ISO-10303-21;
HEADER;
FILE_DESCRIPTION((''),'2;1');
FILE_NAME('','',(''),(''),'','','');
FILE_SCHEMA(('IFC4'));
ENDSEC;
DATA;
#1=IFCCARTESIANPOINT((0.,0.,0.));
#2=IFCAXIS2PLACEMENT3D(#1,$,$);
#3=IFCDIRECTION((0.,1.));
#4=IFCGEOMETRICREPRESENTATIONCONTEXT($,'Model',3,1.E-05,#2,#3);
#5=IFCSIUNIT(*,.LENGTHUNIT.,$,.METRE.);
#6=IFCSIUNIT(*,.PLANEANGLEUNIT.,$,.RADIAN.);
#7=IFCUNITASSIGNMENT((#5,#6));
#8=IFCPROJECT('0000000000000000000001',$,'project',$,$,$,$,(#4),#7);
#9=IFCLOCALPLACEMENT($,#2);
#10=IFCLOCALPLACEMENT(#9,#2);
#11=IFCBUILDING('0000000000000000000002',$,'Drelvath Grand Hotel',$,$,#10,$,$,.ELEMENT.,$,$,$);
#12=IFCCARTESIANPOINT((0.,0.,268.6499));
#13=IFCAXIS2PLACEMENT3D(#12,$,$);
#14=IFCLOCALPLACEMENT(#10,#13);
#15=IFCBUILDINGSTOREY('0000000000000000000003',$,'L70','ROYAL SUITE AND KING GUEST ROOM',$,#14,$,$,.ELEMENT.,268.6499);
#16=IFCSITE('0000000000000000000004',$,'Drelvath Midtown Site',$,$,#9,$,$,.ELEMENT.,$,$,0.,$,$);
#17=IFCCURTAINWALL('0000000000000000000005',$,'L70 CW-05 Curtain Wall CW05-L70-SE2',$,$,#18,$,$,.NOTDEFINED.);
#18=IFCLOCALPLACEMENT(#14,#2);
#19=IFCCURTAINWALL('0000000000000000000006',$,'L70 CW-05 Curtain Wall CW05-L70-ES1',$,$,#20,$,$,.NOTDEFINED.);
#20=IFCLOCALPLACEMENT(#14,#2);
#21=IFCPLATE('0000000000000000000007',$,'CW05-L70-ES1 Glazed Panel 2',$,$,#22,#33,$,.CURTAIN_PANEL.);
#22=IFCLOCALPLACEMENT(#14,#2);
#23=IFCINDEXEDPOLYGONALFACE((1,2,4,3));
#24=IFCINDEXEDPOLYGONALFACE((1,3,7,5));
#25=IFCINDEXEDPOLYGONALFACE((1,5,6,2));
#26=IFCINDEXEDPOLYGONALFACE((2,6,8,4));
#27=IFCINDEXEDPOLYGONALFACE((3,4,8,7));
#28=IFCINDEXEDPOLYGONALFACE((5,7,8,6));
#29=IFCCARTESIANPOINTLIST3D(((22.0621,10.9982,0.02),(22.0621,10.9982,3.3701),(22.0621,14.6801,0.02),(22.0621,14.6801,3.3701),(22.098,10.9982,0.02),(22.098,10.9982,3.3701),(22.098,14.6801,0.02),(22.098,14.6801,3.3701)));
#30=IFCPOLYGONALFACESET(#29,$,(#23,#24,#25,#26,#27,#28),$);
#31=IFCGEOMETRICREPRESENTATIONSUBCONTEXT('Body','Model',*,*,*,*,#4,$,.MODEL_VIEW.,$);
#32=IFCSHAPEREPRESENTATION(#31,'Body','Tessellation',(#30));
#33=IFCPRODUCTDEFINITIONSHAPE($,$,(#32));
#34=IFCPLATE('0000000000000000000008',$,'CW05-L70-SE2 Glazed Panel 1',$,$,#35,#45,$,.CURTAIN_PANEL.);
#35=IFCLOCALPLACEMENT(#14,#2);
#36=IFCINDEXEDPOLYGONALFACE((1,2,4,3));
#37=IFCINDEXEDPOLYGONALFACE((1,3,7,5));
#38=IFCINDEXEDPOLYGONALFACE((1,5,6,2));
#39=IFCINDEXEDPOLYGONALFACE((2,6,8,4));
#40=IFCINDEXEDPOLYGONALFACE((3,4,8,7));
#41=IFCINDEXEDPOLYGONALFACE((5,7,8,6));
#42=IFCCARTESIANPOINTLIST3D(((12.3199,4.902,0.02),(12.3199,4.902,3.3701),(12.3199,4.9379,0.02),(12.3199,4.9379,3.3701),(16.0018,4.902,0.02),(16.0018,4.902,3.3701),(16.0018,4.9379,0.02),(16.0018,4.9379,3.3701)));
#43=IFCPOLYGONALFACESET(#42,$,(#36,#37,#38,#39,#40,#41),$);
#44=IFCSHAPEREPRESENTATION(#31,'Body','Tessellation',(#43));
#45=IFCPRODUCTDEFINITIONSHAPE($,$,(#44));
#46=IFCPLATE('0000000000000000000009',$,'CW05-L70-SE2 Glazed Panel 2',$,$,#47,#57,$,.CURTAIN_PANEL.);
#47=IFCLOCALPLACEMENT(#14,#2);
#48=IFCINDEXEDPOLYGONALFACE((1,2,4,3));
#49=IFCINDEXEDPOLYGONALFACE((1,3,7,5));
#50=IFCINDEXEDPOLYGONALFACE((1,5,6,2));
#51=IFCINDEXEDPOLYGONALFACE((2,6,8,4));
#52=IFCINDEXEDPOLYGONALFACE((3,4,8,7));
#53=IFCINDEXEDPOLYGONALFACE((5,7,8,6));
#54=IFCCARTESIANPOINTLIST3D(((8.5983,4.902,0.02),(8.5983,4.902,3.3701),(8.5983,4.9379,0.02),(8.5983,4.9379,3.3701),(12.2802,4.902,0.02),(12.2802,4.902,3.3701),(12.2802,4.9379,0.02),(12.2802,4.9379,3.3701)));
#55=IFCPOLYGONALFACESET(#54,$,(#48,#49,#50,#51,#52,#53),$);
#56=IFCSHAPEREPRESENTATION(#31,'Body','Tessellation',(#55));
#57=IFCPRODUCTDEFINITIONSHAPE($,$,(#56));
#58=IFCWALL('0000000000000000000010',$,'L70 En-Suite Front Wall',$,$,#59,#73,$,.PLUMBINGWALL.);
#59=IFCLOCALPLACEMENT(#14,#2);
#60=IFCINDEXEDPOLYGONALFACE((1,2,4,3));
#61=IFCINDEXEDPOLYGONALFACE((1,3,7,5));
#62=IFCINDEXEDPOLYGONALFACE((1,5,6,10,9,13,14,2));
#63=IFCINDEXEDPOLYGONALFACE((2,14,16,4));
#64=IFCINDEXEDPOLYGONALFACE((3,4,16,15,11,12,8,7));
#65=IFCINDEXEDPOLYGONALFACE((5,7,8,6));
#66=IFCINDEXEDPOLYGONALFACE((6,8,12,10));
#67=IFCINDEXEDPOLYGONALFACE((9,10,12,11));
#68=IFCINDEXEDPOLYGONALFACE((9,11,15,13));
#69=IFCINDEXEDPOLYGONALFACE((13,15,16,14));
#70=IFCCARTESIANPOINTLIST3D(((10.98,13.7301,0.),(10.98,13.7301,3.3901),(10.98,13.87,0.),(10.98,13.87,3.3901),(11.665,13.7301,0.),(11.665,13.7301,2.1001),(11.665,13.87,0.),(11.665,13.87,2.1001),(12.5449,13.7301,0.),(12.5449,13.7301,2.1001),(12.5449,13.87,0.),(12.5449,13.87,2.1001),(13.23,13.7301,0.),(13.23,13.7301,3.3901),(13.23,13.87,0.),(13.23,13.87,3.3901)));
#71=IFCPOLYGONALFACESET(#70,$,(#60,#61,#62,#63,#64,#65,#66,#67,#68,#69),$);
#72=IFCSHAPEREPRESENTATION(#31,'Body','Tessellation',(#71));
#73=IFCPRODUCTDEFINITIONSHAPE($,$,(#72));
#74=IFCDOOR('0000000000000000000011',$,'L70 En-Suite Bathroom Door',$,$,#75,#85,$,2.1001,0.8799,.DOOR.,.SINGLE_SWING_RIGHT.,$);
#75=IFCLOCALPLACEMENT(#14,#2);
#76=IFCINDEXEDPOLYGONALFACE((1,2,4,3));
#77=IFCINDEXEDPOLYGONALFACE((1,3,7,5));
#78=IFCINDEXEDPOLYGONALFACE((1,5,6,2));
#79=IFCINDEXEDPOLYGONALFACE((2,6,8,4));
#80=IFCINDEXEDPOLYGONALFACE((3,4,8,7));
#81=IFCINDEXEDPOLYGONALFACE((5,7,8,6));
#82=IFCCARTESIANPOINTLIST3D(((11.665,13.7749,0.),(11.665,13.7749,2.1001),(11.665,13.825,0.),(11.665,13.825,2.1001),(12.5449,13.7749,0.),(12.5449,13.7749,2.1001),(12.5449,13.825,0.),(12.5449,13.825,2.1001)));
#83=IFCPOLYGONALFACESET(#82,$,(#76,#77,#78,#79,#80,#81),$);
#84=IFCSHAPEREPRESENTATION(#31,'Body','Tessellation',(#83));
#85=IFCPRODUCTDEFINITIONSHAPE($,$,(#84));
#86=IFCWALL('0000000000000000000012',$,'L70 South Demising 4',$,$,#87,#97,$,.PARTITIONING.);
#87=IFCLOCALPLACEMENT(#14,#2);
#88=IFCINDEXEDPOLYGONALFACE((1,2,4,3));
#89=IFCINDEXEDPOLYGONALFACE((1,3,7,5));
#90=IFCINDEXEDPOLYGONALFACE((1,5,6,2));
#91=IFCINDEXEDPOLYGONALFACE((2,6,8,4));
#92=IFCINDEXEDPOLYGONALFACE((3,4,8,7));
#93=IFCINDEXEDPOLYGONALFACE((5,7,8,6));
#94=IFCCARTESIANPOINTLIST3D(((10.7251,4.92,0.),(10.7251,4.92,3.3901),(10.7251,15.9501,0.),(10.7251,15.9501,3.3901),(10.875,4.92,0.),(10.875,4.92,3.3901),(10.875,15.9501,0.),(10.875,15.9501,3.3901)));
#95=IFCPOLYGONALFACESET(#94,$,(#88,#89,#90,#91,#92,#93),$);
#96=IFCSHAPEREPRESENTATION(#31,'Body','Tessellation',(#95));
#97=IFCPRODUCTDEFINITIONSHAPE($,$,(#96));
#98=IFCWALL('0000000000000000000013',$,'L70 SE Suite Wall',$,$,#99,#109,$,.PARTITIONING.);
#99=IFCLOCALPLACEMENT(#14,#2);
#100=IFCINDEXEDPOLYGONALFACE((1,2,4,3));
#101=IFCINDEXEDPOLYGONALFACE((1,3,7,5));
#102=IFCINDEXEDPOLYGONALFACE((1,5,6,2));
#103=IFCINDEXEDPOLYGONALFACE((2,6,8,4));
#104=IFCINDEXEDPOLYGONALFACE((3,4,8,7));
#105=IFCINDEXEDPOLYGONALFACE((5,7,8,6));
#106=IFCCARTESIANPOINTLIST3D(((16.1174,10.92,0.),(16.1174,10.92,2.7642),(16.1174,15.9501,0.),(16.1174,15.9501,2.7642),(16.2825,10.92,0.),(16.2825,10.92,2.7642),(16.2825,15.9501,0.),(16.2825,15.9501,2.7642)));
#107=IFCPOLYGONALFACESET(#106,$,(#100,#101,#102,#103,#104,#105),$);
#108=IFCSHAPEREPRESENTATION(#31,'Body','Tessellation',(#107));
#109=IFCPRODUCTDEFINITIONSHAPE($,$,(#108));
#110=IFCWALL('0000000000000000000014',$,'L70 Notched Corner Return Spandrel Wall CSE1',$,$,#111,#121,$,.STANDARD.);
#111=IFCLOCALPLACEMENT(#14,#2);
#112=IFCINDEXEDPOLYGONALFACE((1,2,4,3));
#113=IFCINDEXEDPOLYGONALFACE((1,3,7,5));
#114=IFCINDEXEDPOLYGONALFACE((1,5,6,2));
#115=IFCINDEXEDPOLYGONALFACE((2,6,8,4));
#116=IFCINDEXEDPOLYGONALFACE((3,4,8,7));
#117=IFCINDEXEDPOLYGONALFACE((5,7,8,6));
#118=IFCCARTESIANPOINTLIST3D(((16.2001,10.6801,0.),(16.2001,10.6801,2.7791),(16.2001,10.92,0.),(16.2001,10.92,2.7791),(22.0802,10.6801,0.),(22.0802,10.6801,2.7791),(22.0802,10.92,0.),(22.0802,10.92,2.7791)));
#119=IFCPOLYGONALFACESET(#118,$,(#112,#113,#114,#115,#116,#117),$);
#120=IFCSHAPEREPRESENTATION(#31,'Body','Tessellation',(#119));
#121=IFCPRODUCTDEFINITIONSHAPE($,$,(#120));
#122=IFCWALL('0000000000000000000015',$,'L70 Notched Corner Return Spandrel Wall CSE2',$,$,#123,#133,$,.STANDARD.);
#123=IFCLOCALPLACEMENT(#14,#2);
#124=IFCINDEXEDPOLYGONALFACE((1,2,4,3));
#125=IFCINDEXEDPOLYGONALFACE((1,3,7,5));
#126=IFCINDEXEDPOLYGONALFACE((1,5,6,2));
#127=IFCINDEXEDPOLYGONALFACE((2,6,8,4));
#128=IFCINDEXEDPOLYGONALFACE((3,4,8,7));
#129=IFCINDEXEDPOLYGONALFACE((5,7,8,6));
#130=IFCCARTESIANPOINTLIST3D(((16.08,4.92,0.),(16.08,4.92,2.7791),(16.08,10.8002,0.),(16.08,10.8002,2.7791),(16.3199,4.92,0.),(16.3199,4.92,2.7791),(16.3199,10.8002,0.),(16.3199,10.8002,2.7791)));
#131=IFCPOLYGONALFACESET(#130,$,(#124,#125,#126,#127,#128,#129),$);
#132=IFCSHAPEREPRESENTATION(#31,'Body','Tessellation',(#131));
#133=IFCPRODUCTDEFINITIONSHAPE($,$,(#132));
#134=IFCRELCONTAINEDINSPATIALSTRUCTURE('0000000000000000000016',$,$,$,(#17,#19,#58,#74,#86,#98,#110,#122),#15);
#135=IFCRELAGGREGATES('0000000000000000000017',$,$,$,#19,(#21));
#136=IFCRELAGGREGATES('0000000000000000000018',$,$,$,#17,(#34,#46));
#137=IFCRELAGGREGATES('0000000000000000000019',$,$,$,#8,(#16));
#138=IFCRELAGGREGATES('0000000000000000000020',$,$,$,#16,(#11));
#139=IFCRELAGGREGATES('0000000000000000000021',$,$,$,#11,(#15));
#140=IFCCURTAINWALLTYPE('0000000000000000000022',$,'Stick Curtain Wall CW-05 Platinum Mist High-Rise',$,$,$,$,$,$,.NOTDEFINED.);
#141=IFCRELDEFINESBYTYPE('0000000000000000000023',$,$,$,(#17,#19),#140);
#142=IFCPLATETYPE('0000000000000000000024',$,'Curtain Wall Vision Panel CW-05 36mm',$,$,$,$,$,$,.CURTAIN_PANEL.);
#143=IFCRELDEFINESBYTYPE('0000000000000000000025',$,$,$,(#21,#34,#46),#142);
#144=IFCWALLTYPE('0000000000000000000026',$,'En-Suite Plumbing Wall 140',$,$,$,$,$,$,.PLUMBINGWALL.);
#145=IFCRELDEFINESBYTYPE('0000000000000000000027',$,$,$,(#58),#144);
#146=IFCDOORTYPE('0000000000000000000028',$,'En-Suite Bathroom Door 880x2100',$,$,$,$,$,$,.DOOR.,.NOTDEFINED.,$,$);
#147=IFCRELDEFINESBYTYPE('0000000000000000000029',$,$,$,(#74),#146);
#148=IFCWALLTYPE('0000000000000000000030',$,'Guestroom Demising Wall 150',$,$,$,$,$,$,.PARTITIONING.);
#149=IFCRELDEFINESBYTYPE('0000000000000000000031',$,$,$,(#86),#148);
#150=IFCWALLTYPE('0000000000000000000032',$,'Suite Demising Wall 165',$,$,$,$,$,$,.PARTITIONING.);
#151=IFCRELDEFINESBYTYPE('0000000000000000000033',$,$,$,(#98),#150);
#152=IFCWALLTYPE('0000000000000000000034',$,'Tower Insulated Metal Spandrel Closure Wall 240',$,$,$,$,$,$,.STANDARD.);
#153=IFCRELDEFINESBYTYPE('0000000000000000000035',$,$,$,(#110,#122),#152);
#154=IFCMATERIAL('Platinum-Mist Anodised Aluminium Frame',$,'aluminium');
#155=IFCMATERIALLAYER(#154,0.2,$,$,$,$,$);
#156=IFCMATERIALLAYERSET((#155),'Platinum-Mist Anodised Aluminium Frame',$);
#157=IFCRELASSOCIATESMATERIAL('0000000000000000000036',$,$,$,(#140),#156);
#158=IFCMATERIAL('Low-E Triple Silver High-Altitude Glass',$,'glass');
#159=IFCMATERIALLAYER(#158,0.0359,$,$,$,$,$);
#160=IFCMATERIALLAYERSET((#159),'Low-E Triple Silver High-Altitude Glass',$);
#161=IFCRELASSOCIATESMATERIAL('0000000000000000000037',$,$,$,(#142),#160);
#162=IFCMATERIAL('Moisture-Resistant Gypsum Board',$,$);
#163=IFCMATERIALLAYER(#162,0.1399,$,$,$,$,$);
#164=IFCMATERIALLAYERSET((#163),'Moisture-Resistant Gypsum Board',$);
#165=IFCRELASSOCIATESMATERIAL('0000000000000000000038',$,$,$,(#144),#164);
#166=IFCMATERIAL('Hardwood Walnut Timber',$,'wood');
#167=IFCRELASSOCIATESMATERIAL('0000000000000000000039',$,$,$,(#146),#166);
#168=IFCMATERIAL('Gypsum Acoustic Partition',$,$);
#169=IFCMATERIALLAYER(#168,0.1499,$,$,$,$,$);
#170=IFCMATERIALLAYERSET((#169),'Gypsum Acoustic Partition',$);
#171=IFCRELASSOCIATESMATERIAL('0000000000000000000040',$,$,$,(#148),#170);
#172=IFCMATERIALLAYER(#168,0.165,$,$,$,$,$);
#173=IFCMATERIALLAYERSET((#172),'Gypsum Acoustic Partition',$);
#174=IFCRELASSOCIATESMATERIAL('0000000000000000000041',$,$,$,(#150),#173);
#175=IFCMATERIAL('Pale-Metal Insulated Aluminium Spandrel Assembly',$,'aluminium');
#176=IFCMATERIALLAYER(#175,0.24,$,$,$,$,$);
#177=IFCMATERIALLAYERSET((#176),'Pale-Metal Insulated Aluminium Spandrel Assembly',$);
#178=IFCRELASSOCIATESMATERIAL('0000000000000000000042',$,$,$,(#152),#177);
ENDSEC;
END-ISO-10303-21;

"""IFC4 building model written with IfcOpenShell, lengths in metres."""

from ifc_helpers import new_model, si_unit, direction, frame, frame_2d, origin, origin_2d, place, context, subcontext, project, spatial, rectangle, extrude, material, layer, layer_set, type_object, element, fill, aggregate, save


model = new_model("IFC4")

# Units and contexts
model_context = context("Model", 3, precision=1e-05, world=origin(), true_north=direction((0.0, 1.0)))
body_context = subcontext(model_context, "Body", "Model", "MODEL_VIEW")
ifc_project = project(units=[si_unit("LENGTHUNIT", "METRE"), si_unit("PLANEANGLEUNIT", "RADIAN")], contexts=[model_context])

# Site, building, storey
site_placement = place(None, origin())
site = spatial("IfcSite", under=ifc_project, at=site_placement, Name="Drelvath Midtown Site", CompositionType="ELEMENT", RefElevation=0.0)
building_placement = place(site_placement, origin())
building = spatial("IfcBuilding", under=site, at=building_placement, Name="Drelvath Grand Hotel", CompositionType="ELEMENT")
storey_placement = place(building_placement, frame((0.0, 0.0, 268.6499)))
storey = spatial("IfcBuildingStorey", under=building, at=storey_placement, Name="L70", Description="ROYAL SUITE AND KING GUEST ROOM", CompositionType="ELEMENT", Elevation=268.6499)

# Curtain walls
ifc_material_1 = material(Name="Platinum-Mist Anodised Aluminium Frame", Category="aluminium")
ifc_layer_1 = layer(ifc_material_1, 0.2)
ifc_layer_set_1 = layer_set([ifc_layer_1], Name="Platinum-Mist Anodised Aluminium Frame")
curtain_wall_type = type_object("IfcCurtainWallType", Name="Stick Curtain Wall CW-05 Platinum Mist High-Rise", PredefinedType="NOTDEFINED", material=ifc_layer_set_1)
curtain_wall_1_placement = place(storey_placement, origin())
curtain_wall_1 = element("IfcCurtainWall", 1, at=curtain_wall_1_placement, inside=storey, type_object=curtain_wall_type, Name="L70 CW-05 Curtain Wall CW05-L70-SE2", PredefinedType="NOTDEFINED")
curtain_wall_2_placement = place(storey_placement, origin())
curtain_wall_2 = element("IfcCurtainWall", 2, at=curtain_wall_2_placement, inside=storey, type_object=curtain_wall_type, Name="L70 CW-05 Curtain Wall CW05-L70-ES1", PredefinedType="NOTDEFINED")

# Plates
ifc_material_2 = material(Name="Low-E Triple Silver High-Altitude Glass", Category="glass")
ifc_layer_2 = layer(ifc_material_2, 0.0359)
ifc_layer_set_2 = layer_set([ifc_layer_2], Name="Low-E Triple Silver High-Altitude Glass")
plate_type = type_object("IfcPlateType", Name="Curtain Wall Vision Panel CW-05 36mm", PredefinedType="CURTAIN_PANEL", material=ifc_layer_set_2)
plate_1_placement = place(storey_placement, frame((22.0801, 12.8391, 0.02), z_axis=(0.0, 0.0, 1.0), x_axis=(0.0, -1.0, 0.0)))
plate_1 = element("IfcPlate", 3, at=plate_1_placement, type_object=plate_type, Name="CW05-L70-ES1 Glazed Panel 2", PredefinedType="CURTAIN_PANEL", context=body_context, shape_type="SweptSolid", body=[
    extrude(rectangle(XDim=3.6819, YDim=0.0359, at=origin_2d()), origin(), (0.0, 0.0, 1.0), 3.3501),
])
aggregate(curtain_wall_2, [plate_1])
plate_2_placement = place(storey_placement, frame((14.1609, 4.9199, 0.02), z_axis=(0.0, 0.0, 1.0), x_axis=(-1.0, 0.0, 0.0)))
plate_2 = element("IfcPlate", 4, at=plate_2_placement, type_object=plate_type, Name="CW05-L70-SE2 Glazed Panel 1", PredefinedType="CURTAIN_PANEL", context=body_context, shape_type="SweptSolid", body=[
    extrude(rectangle(XDim=3.6819, YDim=0.0359, at=origin_2d()), origin(), (0.0, 0.0, 1.0), 3.3501),
])
plate_3_placement = place(storey_placement, frame((10.4392, 4.9199, 0.02), z_axis=(0.0, 0.0, 1.0), x_axis=(-1.0, 0.0, 0.0)))
plate_3 = element("IfcPlate", 5, at=plate_3_placement, type_object=plate_type, Name="CW05-L70-SE2 Glazed Panel 2", PredefinedType="CURTAIN_PANEL", context=body_context, shape_type="SweptSolid", body=[
    extrude(rectangle(XDim=3.6819, YDim=0.0359, at=origin_2d()), origin(), (0.0, 0.0, 1.0), 3.3501),
])
aggregate(curtain_wall_1, [plate_2, plate_3])

# Wall, opening, door
ifc_material_3 = material(Name="Moisture-Resistant Gypsum Board")
ifc_layer_3 = layer(ifc_material_3, 0.1399)
ifc_layer_set_3 = layer_set([ifc_layer_3], Name="Moisture-Resistant Gypsum Board")
wall_type_1 = type_object("IfcWallType", Name="En-Suite Plumbing Wall 140", PredefinedType="PLUMBINGWALL", material=ifc_layer_set_3)
wall_1_placement = place(storey_placement, frame((10.98, 13.8, 0.0), z_axis=(0.0, 0.0, 1.0), x_axis=(1.0, 0.0, 0.0)))
wall_1 = element("IfcWall", 6, at=wall_1_placement, inside=storey, type_object=wall_type_1, Name="L70 En-Suite Front Wall", PredefinedType="PLUMBINGWALL", context=body_context, shape_type="SweptSolid", body=[
    extrude(rectangle(XDim=2.25, YDim=0.1399, at=frame_2d((1.125, 0.0))), origin(), (0.0, 0.0, 1.0), 3.3901),
])
opening_placement = place(wall_1_placement, frame((0.6851, 0.0, 0.0)))
opening = element("IfcOpeningElement", 7, at=opening_placement, cuts=wall_1, PredefinedType="OPENING", context=body_context, shape_type="SweptSolid", body=[
    extrude(rectangle(XDim=0.8799, YDim=2.1001, at=frame_2d((0.4399, 1.05))), frame((0.0, 0.0798, 0.0), z_axis=(0.0, -1.0, 0.0), x_axis=(1.0, 0.0, 0.0)), (0.0, 0.0, 1.0), 0.1599),
])
ifc_material_4 = material(Name="Hardwood Walnut Timber", Category="wood")
door_type = type_object("IfcDoorType", Name="En-Suite Bathroom Door 880x2100", OperationType="NOTDEFINED", PredefinedType="DOOR", material=ifc_material_4)
door_placement = place(opening_placement, origin())
door = element("IfcDoor", 8, at=door_placement, inside=storey, type_object=door_type, Name="L70 En-Suite Bathroom Door", OperationType="SINGLE_SWING_RIGHT", OverallHeight=2.1001, OverallWidth=0.8799, PredefinedType="DOOR", context=body_context, shape_type="SweptSolid", body=[
    extrude(rectangle(XDim=0.8799, YDim=2.1001, at=frame_2d((0.4399, 1.05))), frame((0.0, 0.0249, 0.0), z_axis=(0.0, -1.0, 0.0), x_axis=(1.0, 0.0, 0.0)), (0.0, 0.0, 1.0), 0.05),
])
fill(opening, door)

# Walls
ifc_material_5 = material(Name="Gypsum Acoustic Partition")
ifc_layer_4 = layer(ifc_material_5, 0.1499)
ifc_layer_set_4 = layer_set([ifc_layer_4], Name="Gypsum Acoustic Partition")
wall_type_2 = type_object("IfcWallType", Name="Guestroom Demising Wall 150", PredefinedType="PARTITIONING", material=ifc_layer_set_4)
wall_2_placement = place(storey_placement, frame((10.8, 4.9199, 0.0), z_axis=(0.0, 0.0, 1.0), x_axis=(0.0, 1.0, 0.0)))
element("IfcWall", 9, at=wall_2_placement, inside=storey, type_object=wall_type_2, Name="L70 South Demising 4", PredefinedType="PARTITIONING", context=body_context, shape_type="SweptSolid", body=[
    extrude(rectangle(XDim=11.03, YDim=0.1499, at=frame_2d((5.5151, 0.0))), origin(), (0.0, 0.0, 1.0), 3.3901),
])
ifc_layer_5 = layer(ifc_material_5, 0.165)
ifc_layer_set_5 = layer_set([ifc_layer_5], Name="Gypsum Acoustic Partition")
wall_type_3 = type_object("IfcWallType", Name="Suite Demising Wall 165", PredefinedType="PARTITIONING", material=ifc_layer_set_5)
wall_3_placement = place(storey_placement, frame((16.2, 10.9199, 0.0), z_axis=(0.0, 0.0, 1.0), x_axis=(0.0, 1.0, 0.0)))
element("IfcWall", 10, at=wall_3_placement, inside=storey, type_object=wall_type_3, Name="L70 SE Suite Wall", PredefinedType="PARTITIONING", context=body_context, shape_type="SweptSolid", body=[
    extrude(rectangle(XDim=5.03, YDim=0.165, at=frame_2d((2.5151, 0.0))), origin(), (0.0, 0.0, 1.0), 2.7642),
])
ifc_material_6 = material(Name="Pale-Metal Insulated Aluminium Spandrel Assembly", Category="aluminium")
ifc_layer_6 = layer(ifc_material_6, 0.24)
ifc_layer_set_6 = layer_set([ifc_layer_6], Name="Pale-Metal Insulated Aluminium Spandrel Assembly")
wall_type_4 = type_object("IfcWallType", Name="Tower Insulated Metal Spandrel Closure Wall 240", PredefinedType="STANDARD", material=ifc_layer_set_6)
for number, where, z_axis, x_axis, name in (
    (11, (22.0801, 10.8, 0.0), (0.0, 0.0, 1.0), (-1.0, 0.0, 0.0), "L70 Notched Corner Return Spandrel Wall CSE1"),
    (12, (16.2, 10.8, 0.0), (0.0, 0.0, 1.0), (0.0, -1.0, 0.0), "L70 Notched Corner Return Spandrel Wall CSE2"),
):
    element("IfcWall", number, at=place(storey_placement, frame(where, z_axis=z_axis, x_axis=x_axis)), inside=storey, type_object=wall_type_4, Name=name, PredefinedType="STANDARD", context=body_context, shape_type="SweptSolid", body=[
        extrude(rectangle(XDim=5.8801, YDim=0.24, at=frame_2d((2.9399, 0.0))), origin(), (0.0, 0.0, 1.0), 2.7791),
    ])

save(model, "model.ifc")
